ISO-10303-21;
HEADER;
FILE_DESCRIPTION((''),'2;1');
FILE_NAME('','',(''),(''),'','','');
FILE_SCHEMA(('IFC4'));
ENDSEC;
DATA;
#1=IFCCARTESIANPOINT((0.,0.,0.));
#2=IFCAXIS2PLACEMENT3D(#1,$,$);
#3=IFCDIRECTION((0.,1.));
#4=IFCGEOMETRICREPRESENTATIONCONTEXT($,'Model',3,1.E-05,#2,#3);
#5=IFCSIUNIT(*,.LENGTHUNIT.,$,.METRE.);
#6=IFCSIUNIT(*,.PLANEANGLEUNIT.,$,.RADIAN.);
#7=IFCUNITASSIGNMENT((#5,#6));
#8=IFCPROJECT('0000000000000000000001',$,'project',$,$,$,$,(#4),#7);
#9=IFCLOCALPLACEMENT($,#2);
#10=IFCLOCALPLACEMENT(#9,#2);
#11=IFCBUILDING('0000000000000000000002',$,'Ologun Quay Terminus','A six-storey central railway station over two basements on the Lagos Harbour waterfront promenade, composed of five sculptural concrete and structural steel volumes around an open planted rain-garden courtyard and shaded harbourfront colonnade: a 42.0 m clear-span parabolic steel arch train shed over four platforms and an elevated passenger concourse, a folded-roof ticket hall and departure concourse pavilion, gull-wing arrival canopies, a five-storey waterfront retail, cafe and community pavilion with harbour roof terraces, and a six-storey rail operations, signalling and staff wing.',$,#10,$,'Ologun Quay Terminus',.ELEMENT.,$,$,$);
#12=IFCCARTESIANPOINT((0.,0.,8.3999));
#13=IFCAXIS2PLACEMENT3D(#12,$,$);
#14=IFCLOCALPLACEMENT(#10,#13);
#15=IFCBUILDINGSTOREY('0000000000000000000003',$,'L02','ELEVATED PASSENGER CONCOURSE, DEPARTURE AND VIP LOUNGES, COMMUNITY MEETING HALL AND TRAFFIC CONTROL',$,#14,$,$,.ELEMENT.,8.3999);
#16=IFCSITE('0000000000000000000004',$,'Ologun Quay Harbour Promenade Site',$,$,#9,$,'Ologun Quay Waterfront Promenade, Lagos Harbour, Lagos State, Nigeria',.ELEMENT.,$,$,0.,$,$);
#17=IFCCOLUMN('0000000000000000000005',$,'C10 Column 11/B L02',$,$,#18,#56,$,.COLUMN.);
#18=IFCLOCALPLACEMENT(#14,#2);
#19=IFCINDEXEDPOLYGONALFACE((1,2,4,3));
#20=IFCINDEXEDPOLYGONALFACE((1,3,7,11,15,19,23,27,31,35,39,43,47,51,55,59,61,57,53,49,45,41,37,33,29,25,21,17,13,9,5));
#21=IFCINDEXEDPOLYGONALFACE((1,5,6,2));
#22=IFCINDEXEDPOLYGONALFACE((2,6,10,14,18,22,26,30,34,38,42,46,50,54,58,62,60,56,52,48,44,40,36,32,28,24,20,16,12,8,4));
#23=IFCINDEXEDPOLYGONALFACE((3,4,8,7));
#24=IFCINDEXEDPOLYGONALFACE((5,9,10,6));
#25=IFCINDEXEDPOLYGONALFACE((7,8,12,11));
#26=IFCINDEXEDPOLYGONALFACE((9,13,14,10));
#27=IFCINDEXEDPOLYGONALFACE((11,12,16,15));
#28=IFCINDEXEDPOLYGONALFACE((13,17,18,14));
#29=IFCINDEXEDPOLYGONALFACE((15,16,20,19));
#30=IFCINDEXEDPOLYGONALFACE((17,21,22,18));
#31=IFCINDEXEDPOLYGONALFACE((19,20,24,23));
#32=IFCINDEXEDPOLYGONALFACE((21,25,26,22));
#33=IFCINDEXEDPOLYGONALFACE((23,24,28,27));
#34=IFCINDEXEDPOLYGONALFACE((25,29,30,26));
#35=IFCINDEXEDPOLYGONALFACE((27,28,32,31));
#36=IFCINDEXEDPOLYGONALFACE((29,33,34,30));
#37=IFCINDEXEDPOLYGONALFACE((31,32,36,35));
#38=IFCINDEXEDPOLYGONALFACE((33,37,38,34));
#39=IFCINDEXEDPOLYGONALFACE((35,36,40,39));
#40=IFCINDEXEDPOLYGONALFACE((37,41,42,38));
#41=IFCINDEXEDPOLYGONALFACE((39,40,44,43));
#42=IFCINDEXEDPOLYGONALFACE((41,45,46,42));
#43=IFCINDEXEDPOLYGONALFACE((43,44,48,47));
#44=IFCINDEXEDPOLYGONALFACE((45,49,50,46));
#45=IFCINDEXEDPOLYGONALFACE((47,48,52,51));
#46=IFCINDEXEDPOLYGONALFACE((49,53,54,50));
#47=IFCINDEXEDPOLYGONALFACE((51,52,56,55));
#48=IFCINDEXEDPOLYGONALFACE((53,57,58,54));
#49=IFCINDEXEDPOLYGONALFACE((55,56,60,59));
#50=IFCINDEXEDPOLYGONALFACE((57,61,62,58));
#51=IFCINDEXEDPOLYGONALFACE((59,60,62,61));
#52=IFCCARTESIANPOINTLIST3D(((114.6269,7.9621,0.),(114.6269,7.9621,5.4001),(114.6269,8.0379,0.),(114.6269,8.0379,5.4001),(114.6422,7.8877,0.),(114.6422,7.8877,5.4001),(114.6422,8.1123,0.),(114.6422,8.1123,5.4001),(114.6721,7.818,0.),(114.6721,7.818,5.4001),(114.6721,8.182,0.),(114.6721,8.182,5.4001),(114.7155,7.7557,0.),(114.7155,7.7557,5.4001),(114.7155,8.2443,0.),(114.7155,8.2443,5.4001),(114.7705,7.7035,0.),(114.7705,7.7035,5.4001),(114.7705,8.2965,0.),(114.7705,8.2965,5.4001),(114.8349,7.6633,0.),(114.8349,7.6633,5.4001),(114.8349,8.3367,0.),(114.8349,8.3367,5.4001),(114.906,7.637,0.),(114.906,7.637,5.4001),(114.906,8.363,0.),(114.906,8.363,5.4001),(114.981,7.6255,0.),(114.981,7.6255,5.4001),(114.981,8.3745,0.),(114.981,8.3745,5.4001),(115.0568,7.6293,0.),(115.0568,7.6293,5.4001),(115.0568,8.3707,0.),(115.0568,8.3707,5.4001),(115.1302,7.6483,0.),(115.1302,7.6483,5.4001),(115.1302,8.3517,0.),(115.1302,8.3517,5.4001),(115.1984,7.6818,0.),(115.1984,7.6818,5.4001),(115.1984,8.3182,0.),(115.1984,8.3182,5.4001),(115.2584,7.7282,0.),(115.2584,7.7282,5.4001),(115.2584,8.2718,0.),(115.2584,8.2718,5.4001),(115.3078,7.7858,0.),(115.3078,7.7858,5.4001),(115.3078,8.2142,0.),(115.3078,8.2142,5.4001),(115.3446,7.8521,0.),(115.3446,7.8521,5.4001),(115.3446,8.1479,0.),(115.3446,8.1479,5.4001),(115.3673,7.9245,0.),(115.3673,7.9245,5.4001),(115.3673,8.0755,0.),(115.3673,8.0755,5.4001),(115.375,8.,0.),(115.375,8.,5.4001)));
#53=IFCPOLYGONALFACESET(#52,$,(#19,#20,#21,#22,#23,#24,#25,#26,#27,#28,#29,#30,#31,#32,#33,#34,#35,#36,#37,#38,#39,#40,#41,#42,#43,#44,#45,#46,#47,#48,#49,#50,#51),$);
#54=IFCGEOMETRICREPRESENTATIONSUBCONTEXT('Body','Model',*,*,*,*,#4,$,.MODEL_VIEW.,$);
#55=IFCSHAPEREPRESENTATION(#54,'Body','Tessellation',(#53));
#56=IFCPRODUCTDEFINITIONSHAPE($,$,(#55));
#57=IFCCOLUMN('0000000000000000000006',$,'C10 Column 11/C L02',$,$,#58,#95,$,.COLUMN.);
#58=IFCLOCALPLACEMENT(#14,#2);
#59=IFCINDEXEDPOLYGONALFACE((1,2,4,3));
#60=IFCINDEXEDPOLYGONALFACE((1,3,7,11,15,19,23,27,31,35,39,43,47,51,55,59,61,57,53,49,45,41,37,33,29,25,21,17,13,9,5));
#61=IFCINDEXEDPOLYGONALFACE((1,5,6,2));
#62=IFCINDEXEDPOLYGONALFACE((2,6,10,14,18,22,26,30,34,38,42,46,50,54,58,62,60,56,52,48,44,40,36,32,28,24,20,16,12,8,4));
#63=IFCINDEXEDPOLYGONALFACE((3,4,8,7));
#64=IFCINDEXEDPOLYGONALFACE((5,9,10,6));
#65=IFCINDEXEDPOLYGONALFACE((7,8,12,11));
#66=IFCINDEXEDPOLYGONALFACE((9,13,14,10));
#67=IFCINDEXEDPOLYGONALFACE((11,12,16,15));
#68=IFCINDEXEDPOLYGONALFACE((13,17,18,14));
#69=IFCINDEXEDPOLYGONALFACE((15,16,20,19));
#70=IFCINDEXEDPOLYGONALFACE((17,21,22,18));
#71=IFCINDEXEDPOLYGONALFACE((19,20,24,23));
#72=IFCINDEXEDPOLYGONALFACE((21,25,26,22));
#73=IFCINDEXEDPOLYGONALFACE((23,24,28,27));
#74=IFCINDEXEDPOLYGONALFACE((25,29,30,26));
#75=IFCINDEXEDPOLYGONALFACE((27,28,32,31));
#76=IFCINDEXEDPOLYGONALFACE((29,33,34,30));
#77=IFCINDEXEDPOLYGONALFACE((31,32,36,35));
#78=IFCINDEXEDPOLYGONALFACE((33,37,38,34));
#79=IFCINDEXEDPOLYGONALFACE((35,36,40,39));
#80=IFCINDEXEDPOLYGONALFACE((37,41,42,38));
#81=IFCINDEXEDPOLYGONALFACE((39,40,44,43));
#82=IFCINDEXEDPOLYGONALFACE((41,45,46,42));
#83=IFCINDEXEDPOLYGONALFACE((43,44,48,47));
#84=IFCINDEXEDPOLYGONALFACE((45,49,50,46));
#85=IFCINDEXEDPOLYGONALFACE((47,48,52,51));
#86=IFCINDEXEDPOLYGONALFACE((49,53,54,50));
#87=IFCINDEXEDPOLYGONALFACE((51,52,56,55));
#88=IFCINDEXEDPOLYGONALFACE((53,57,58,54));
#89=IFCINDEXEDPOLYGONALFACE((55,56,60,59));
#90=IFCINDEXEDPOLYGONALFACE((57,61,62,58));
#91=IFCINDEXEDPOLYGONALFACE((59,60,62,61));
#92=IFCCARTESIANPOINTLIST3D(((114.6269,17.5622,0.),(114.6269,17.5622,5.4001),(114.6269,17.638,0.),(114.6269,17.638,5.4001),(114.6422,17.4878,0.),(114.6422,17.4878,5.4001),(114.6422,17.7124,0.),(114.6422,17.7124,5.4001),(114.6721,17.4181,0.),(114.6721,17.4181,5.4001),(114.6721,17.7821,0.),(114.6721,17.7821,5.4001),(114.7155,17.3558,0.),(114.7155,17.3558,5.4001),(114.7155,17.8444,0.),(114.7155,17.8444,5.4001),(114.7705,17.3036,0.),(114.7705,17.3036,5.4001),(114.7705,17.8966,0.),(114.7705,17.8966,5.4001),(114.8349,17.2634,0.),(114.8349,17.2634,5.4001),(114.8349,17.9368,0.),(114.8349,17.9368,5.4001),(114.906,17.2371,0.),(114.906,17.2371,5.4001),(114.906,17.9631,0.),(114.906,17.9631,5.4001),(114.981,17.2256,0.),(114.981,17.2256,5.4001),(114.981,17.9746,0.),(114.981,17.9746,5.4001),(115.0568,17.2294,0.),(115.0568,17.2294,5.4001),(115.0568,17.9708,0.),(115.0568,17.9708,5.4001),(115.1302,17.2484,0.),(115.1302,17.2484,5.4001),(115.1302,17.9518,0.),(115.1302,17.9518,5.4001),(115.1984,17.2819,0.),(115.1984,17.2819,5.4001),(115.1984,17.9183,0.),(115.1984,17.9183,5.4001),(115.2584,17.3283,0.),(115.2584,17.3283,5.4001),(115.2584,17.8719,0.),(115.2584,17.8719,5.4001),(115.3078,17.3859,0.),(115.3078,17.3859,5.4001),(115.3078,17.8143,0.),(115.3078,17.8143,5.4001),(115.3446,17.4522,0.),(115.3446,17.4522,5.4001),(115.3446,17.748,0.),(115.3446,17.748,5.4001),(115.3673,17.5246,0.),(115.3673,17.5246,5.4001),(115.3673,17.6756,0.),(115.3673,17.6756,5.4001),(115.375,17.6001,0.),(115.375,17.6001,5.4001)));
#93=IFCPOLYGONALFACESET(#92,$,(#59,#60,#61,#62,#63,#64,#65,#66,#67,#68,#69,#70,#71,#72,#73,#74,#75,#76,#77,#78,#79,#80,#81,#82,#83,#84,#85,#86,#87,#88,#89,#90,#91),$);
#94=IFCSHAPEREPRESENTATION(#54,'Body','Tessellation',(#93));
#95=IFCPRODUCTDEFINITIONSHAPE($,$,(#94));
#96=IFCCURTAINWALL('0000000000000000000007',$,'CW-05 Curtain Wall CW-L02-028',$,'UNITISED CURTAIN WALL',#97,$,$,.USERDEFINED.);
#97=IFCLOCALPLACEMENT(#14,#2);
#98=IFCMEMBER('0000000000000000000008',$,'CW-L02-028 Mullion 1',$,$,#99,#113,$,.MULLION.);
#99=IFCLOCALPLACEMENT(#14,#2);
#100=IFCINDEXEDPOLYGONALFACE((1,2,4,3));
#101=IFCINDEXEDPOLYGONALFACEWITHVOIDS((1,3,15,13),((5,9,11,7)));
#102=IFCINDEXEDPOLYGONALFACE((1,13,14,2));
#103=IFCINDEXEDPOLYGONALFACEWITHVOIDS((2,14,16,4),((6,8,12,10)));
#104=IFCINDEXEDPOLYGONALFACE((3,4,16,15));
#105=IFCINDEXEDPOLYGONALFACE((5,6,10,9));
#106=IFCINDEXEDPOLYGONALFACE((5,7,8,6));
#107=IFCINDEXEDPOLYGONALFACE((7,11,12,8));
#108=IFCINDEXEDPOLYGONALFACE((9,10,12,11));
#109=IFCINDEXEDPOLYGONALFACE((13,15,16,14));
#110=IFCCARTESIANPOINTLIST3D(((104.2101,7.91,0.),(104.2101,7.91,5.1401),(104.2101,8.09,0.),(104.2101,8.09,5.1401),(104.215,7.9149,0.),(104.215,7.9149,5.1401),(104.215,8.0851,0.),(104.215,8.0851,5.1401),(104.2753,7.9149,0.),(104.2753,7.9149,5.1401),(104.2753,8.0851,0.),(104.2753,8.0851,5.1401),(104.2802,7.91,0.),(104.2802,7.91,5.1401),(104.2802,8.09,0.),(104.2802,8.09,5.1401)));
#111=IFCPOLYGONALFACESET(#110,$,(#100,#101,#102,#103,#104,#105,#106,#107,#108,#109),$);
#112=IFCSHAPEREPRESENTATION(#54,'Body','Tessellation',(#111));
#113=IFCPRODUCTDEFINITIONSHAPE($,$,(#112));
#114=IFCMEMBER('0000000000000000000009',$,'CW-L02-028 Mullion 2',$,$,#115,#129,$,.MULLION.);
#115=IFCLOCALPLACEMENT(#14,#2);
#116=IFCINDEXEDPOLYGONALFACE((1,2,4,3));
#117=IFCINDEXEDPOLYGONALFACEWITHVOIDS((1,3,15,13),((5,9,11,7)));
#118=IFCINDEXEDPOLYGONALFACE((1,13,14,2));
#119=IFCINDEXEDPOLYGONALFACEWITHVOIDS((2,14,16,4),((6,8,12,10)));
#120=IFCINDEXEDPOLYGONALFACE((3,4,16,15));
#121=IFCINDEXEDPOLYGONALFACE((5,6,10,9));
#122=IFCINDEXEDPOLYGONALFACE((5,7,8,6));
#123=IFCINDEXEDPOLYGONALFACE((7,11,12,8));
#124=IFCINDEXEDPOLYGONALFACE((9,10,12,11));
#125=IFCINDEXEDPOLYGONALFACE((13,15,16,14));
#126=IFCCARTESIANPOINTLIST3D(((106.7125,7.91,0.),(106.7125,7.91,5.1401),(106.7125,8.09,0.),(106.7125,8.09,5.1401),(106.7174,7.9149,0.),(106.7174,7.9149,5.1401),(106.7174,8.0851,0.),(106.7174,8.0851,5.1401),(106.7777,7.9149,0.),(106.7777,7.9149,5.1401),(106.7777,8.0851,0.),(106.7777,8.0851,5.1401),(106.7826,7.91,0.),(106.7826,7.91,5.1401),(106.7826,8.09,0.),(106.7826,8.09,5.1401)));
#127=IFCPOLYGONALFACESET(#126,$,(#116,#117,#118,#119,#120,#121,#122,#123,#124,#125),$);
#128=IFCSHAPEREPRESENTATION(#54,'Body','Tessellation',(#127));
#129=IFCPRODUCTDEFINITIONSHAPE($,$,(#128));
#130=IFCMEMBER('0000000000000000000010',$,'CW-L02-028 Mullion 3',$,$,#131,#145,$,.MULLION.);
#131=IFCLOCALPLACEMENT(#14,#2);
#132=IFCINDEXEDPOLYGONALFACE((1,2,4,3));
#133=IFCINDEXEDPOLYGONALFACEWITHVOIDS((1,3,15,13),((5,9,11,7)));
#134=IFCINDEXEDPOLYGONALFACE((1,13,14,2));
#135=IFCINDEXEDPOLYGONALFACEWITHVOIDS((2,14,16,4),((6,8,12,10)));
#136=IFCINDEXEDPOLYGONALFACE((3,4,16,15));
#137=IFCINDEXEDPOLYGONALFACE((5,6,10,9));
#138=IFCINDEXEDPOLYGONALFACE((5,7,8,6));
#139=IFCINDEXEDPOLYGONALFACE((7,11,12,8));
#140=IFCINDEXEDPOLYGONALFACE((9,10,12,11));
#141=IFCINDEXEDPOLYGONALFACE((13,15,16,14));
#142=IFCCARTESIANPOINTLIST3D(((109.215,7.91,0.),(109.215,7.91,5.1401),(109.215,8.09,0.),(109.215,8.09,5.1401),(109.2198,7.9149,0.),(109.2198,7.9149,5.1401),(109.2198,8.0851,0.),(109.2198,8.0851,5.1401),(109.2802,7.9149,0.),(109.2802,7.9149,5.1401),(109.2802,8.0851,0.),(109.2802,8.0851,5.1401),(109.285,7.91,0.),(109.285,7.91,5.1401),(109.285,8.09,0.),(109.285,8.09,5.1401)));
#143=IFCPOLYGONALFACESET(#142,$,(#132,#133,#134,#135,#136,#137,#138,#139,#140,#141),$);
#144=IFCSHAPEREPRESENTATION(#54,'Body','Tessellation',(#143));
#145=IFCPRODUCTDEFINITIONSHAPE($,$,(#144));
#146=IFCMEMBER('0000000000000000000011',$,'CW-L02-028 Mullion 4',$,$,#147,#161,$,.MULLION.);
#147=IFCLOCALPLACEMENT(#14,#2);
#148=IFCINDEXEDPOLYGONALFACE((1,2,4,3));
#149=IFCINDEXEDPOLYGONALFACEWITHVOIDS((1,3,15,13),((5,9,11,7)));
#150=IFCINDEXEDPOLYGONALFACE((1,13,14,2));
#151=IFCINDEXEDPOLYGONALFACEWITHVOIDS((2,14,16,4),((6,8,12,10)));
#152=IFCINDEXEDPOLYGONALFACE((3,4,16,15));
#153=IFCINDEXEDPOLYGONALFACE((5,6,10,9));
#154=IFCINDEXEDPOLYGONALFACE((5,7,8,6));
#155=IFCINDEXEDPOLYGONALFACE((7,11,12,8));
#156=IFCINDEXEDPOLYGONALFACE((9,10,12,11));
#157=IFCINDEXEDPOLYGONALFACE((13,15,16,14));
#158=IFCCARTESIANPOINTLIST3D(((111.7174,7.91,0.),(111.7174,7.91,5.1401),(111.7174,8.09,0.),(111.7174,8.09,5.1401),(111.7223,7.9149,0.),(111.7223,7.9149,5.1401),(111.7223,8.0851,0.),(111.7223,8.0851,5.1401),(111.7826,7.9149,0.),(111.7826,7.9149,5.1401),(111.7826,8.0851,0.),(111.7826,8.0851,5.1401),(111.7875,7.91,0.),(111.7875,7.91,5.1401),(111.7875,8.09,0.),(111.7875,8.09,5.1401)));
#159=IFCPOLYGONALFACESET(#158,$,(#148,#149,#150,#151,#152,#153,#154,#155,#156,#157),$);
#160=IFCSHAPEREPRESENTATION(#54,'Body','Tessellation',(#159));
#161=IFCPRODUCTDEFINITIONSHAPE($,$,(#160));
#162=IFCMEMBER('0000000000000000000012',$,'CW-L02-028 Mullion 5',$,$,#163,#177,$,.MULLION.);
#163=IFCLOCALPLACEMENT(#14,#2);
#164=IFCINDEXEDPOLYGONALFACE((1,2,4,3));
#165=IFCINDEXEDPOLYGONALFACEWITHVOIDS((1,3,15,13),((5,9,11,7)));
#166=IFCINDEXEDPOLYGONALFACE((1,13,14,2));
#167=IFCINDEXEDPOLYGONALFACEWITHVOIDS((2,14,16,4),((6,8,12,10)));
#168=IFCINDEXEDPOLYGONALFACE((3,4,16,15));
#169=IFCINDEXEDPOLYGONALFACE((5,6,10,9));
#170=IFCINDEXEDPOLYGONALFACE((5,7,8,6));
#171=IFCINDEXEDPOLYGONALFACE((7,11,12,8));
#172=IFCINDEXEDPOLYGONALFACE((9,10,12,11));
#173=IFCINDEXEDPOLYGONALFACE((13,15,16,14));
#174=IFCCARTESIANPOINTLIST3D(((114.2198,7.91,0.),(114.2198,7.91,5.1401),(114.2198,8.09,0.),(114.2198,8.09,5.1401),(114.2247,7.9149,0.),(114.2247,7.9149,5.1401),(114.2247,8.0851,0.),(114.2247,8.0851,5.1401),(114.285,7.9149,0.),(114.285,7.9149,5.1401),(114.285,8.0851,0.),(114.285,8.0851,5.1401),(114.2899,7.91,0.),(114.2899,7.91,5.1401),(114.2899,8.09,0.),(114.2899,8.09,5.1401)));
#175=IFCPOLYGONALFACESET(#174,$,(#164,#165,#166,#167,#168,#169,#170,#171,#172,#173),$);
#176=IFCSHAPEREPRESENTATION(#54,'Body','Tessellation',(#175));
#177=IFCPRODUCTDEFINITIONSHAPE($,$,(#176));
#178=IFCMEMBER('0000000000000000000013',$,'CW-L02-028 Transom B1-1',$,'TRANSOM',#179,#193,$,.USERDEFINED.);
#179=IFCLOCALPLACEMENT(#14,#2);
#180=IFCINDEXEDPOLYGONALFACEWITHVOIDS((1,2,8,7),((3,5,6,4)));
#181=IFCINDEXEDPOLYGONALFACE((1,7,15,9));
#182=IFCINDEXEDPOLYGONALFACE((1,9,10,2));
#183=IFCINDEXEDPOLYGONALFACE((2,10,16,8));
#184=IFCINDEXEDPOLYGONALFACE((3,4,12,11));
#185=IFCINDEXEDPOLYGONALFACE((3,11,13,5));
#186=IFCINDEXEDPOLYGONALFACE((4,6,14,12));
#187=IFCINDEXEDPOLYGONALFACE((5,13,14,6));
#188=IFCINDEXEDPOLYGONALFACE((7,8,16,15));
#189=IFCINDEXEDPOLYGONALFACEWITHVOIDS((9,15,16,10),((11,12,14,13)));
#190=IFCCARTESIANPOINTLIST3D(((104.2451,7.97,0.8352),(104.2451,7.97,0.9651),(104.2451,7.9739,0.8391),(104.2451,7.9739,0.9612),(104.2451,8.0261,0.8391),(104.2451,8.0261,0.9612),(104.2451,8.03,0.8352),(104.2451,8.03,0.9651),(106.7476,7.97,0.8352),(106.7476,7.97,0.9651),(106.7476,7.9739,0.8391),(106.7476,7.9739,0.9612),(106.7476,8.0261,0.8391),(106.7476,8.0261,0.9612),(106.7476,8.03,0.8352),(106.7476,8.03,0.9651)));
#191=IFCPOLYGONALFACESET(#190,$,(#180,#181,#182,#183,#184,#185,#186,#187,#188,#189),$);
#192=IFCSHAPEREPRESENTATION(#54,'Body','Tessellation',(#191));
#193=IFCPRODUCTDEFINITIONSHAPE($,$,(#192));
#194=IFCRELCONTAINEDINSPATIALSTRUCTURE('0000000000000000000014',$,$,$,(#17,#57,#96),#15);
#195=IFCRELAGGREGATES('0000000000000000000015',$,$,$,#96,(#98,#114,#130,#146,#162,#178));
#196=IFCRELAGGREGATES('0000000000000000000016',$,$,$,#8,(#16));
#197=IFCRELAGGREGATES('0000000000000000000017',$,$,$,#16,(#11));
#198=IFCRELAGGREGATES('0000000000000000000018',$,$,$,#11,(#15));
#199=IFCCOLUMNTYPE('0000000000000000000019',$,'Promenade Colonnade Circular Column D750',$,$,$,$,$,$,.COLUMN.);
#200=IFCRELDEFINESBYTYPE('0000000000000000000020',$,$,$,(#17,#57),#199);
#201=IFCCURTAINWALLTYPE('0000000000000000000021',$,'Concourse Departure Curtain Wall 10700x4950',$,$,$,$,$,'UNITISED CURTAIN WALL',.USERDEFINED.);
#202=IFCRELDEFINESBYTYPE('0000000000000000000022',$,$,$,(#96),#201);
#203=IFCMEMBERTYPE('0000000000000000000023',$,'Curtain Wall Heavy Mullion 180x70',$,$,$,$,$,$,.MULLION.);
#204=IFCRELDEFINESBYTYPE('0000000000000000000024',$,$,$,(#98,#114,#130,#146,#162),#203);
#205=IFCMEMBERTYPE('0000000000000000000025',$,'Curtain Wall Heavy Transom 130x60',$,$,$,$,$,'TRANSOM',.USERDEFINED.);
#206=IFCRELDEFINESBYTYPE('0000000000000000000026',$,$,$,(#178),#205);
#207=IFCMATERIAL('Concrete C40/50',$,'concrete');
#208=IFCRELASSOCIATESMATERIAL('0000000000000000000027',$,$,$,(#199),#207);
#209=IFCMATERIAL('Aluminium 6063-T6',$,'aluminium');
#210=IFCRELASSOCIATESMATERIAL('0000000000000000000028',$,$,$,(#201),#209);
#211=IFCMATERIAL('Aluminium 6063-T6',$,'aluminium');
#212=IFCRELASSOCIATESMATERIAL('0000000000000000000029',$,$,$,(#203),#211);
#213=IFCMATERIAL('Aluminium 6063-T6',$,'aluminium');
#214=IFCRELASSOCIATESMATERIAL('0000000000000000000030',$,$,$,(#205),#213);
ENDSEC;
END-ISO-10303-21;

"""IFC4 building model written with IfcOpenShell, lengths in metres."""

from ifc_helpers import new_model, si_unit, direction, frame, origin, origin_2d, place, context, subcontext, project, spatial, hollow_rectangle, circle, extrude, material, material_profile, profile_set, type_object, element, aggregate, save


model = new_model("IFC4")

# Units and contexts
model_context = context("Model", 3, precision=1e-05, world=origin(), true_north=direction((0.0, 1.0)))
body_context = subcontext(model_context, "Body", "Model", "MODEL_VIEW")
ifc_project = project(units=[si_unit("LENGTHUNIT", "METRE"), si_unit("PLANEANGLEUNIT", "RADIAN")], contexts=[model_context])

# Site, building, storey
site_placement = place(None, origin())
site = spatial("IfcSite", under=ifc_project, at=site_placement, Name="Ologun Quay Harbour Promenade Site", LongName="Ologun Quay Waterfront Promenade, Lagos Harbour, Lagos State, Nigeria", CompositionType="ELEMENT", RefElevation=0.0)
building_placement = place(site_placement, origin())
building = spatial("IfcBuilding", under=site, at=building_placement, Name="Ologun Quay Terminus", Description="A six-storey central railway station over two basements on the Lagos Harbour waterfront promenade, composed of five sculptural concrete and structural steel volumes around an open planted rain-garden courtyard and shaded harbourfront colonnade: a 42.0 m clear-span parabolic steel arch train shed over four platforms and an elevated passenger concourse, a folded-roof ticket hall and departure concourse pavilion, gull-wing arrival canopies, a five-storey waterfront retail, cafe and community pavilion with harbour roof terraces, and a six-storey rail operations, signalling and staff wing.", LongName="Ologun Quay Terminus", CompositionType="ELEMENT")
storey_placement = place(building_placement, frame((0.0, 0.0, 8.3999)))
storey = spatial("IfcBuildingStorey", under=building, at=storey_placement, Name="L02", Description="ELEVATED PASSENGER CONCOURSE, DEPARTURE AND VIP LOUNGES, COMMUNITY MEETING HALL AND TRAFFIC CONTROL", CompositionType="ELEMENT", Elevation=8.3999)

# Columns
ifc_material_1 = material(Name="Concrete C40/50", Category="concrete")
ifc_material_profile_1 = material_profile(ifc_material_1, circle(Radius=0.375, at=origin_2d()), Name="RC D750")
ifc_profile_set_1 = profile_set([ifc_material_profile_1], Name="Concrete C40/50")
column_type = type_object("IfcColumnType", Name="Promenade Colonnade Circular Column D750", PredefinedType="COLUMN", material=ifc_profile_set_1)
for number, where, z_axis, x_axis, name in (
    (1, (115.0, 8.0, 0.0), (0.0, 0.0, 1.0), (1.0, 0.0, 0.0), "C10 Column 11/B L02"),
    (2, (115.0, 17.6001, 0.0), (0.0, 0.0, 1.0), (1.0, 0.0, 0.0), "C10 Column 11/C L02"),
):
    element("IfcColumn", number, at=place(storey_placement, frame(where, z_axis=z_axis, x_axis=x_axis)), inside=storey, type_object=column_type, Name=name, PredefinedType="COLUMN", context=body_context, shape_type="SweptSolid", body=[
        extrude(circle(Radius=0.375, at=origin_2d()), origin(), (0.0, 0.0, 1.0), 5.4001),
    ])

# Curtain wall, members
ifc_material_2 = material(Name="Aluminium 6063-T6", Category="aluminium")
curtain_wall_type = type_object("IfcCurtainWallType", Name="Concourse Departure Curtain Wall 10700x4950", ElementType="UNITISED CURTAIN WALL", PredefinedType="USERDEFINED", material=ifc_material_2)
curtain_wall_placement = place(storey_placement, origin())
curtain_wall = element("IfcCurtainWall", 3, at=curtain_wall_placement, inside=storey, type_object=curtain_wall_type, Name="CW-05 Curtain Wall CW-L02-028", ObjectType="UNITISED CURTAIN WALL", PredefinedType="USERDEFINED")
ifc_material_3 = material(Name="Aluminium 6063-T6", Category="aluminium")
ifc_material_profile_2 = material_profile(ifc_material_3, hollow_rectangle(XDim=0.0701, YDim=0.1799, WallThickness=0.0049, at=origin_2d()), Name="ALU 180x70x5")
ifc_profile_set_2 = profile_set([ifc_material_profile_2], Name="Aluminium 6063-T6")
member_type_1 = type_object("IfcMemberType", Name="Curtain Wall Heavy Mullion 180x70", PredefinedType="MULLION", material=ifc_profile_set_2)
member_1_placement = place(storey_placement, frame((104.2451, 8.0, 0.0), z_axis=(0.0, 0.0, 1.0), x_axis=(1.0, 0.0, 0.0)))
member_1 = element("IfcMember", 4, at=member_1_placement, type_object=member_type_1, Name="CW-L02-028 Mullion 1", PredefinedType="MULLION", context=body_context, shape_type="SweptSolid", body=[
    extrude(hollow_rectangle(XDim=0.0701, YDim=0.1799, WallThickness=0.0049, at=origin_2d()), origin(), (0.0, 0.0, 1.0), 5.1401),
])
member_2_placement = place(storey_placement, frame((106.7476, 8.0, 0.0), z_axis=(0.0, 0.0, 1.0), x_axis=(1.0, 0.0, 0.0)))
member_2 = element("IfcMember", 5, at=member_2_placement, type_object=member_type_1, Name="CW-L02-028 Mullion 2", PredefinedType="MULLION", context=body_context, shape_type="SweptSolid", body=[
    extrude(hollow_rectangle(XDim=0.0701, YDim=0.1799, WallThickness=0.0049, at=origin_2d()), origin(), (0.0, 0.0, 1.0), 5.1401),
])
member_3_placement = place(storey_placement, frame((109.25, 8.0, 0.0), z_axis=(0.0, 0.0, 1.0), x_axis=(1.0, 0.0, 0.0)))
member_3 = element("IfcMember", 6, at=member_3_placement, type_object=member_type_1, Name="CW-L02-028 Mullion 3", PredefinedType="MULLION", context=body_context, shape_type="SweptSolid", body=[
    extrude(hollow_rectangle(XDim=0.0701, YDim=0.1799, WallThickness=0.0049, at=origin_2d()), origin(), (0.0, 0.0, 1.0), 5.1401),
])
member_4_placement = place(storey_placement, frame((111.7524, 8.0, 0.0), z_axis=(0.0, 0.0, 1.0), x_axis=(1.0, 0.0, 0.0)))
member_4 = element("IfcMember", 7, at=member_4_placement, type_object=member_type_1, Name="CW-L02-028 Mullion 4", PredefinedType="MULLION", context=body_context, shape_type="SweptSolid", body=[
    extrude(hollow_rectangle(XDim=0.0701, YDim=0.1799, WallThickness=0.0049, at=origin_2d()), origin(), (0.0, 0.0, 1.0), 5.1401),
])
member_5_placement = place(storey_placement, frame((114.2549, 8.0, 0.0), z_axis=(0.0, 0.0, 1.0), x_axis=(1.0, 0.0, 0.0)))
member_5 = element("IfcMember", 8, at=member_5_placement, type_object=member_type_1, Name="CW-L02-028 Mullion 5", PredefinedType="MULLION", context=body_context, shape_type="SweptSolid", body=[
    extrude(hollow_rectangle(XDim=0.0701, YDim=0.1799, WallThickness=0.0049, at=origin_2d()), origin(), (0.0, 0.0, 1.0), 5.1401),
])
ifc_material_4 = material(Name="Aluminium 6063-T6", Category="aluminium")
ifc_material_profile_3 = material_profile(ifc_material_4, hollow_rectangle(XDim=0.0601, YDim=0.1299, WallThickness=0.0039, at=origin_2d()), Name="ALU 130x60x4")
ifc_profile_set_3 = profile_set([ifc_material_profile_3], Name="Aluminium 6063-T6")
member_type_2 = type_object("IfcMemberType", Name="Curtain Wall Heavy Transom 130x60", ElementType="TRANSOM", PredefinedType="USERDEFINED", material=ifc_profile_set_3)
member_6_placement = place(storey_placement, frame((104.2451, 8.0, 0.9001), z_axis=(1.0, 0.0, 0.0), x_axis=(0.0, 1.0, 0.0)))
member_6 = element("IfcMember", 9, at=member_6_placement, type_object=member_type_2, Name="CW-L02-028 Transom B1-1", ObjectType="TRANSOM", PredefinedType="USERDEFINED", context=body_context, shape_type="SweptSolid", body=[
    extrude(hollow_rectangle(XDim=0.0601, YDim=0.1299, WallThickness=0.0039, at=origin_2d()), origin(), (0.0, 0.0, 1.0), 2.5024),
])

aggregate(curtain_wall, [member_1, member_2, member_3, member_4, member_5, member_6])

save(model, "model.ifc")
